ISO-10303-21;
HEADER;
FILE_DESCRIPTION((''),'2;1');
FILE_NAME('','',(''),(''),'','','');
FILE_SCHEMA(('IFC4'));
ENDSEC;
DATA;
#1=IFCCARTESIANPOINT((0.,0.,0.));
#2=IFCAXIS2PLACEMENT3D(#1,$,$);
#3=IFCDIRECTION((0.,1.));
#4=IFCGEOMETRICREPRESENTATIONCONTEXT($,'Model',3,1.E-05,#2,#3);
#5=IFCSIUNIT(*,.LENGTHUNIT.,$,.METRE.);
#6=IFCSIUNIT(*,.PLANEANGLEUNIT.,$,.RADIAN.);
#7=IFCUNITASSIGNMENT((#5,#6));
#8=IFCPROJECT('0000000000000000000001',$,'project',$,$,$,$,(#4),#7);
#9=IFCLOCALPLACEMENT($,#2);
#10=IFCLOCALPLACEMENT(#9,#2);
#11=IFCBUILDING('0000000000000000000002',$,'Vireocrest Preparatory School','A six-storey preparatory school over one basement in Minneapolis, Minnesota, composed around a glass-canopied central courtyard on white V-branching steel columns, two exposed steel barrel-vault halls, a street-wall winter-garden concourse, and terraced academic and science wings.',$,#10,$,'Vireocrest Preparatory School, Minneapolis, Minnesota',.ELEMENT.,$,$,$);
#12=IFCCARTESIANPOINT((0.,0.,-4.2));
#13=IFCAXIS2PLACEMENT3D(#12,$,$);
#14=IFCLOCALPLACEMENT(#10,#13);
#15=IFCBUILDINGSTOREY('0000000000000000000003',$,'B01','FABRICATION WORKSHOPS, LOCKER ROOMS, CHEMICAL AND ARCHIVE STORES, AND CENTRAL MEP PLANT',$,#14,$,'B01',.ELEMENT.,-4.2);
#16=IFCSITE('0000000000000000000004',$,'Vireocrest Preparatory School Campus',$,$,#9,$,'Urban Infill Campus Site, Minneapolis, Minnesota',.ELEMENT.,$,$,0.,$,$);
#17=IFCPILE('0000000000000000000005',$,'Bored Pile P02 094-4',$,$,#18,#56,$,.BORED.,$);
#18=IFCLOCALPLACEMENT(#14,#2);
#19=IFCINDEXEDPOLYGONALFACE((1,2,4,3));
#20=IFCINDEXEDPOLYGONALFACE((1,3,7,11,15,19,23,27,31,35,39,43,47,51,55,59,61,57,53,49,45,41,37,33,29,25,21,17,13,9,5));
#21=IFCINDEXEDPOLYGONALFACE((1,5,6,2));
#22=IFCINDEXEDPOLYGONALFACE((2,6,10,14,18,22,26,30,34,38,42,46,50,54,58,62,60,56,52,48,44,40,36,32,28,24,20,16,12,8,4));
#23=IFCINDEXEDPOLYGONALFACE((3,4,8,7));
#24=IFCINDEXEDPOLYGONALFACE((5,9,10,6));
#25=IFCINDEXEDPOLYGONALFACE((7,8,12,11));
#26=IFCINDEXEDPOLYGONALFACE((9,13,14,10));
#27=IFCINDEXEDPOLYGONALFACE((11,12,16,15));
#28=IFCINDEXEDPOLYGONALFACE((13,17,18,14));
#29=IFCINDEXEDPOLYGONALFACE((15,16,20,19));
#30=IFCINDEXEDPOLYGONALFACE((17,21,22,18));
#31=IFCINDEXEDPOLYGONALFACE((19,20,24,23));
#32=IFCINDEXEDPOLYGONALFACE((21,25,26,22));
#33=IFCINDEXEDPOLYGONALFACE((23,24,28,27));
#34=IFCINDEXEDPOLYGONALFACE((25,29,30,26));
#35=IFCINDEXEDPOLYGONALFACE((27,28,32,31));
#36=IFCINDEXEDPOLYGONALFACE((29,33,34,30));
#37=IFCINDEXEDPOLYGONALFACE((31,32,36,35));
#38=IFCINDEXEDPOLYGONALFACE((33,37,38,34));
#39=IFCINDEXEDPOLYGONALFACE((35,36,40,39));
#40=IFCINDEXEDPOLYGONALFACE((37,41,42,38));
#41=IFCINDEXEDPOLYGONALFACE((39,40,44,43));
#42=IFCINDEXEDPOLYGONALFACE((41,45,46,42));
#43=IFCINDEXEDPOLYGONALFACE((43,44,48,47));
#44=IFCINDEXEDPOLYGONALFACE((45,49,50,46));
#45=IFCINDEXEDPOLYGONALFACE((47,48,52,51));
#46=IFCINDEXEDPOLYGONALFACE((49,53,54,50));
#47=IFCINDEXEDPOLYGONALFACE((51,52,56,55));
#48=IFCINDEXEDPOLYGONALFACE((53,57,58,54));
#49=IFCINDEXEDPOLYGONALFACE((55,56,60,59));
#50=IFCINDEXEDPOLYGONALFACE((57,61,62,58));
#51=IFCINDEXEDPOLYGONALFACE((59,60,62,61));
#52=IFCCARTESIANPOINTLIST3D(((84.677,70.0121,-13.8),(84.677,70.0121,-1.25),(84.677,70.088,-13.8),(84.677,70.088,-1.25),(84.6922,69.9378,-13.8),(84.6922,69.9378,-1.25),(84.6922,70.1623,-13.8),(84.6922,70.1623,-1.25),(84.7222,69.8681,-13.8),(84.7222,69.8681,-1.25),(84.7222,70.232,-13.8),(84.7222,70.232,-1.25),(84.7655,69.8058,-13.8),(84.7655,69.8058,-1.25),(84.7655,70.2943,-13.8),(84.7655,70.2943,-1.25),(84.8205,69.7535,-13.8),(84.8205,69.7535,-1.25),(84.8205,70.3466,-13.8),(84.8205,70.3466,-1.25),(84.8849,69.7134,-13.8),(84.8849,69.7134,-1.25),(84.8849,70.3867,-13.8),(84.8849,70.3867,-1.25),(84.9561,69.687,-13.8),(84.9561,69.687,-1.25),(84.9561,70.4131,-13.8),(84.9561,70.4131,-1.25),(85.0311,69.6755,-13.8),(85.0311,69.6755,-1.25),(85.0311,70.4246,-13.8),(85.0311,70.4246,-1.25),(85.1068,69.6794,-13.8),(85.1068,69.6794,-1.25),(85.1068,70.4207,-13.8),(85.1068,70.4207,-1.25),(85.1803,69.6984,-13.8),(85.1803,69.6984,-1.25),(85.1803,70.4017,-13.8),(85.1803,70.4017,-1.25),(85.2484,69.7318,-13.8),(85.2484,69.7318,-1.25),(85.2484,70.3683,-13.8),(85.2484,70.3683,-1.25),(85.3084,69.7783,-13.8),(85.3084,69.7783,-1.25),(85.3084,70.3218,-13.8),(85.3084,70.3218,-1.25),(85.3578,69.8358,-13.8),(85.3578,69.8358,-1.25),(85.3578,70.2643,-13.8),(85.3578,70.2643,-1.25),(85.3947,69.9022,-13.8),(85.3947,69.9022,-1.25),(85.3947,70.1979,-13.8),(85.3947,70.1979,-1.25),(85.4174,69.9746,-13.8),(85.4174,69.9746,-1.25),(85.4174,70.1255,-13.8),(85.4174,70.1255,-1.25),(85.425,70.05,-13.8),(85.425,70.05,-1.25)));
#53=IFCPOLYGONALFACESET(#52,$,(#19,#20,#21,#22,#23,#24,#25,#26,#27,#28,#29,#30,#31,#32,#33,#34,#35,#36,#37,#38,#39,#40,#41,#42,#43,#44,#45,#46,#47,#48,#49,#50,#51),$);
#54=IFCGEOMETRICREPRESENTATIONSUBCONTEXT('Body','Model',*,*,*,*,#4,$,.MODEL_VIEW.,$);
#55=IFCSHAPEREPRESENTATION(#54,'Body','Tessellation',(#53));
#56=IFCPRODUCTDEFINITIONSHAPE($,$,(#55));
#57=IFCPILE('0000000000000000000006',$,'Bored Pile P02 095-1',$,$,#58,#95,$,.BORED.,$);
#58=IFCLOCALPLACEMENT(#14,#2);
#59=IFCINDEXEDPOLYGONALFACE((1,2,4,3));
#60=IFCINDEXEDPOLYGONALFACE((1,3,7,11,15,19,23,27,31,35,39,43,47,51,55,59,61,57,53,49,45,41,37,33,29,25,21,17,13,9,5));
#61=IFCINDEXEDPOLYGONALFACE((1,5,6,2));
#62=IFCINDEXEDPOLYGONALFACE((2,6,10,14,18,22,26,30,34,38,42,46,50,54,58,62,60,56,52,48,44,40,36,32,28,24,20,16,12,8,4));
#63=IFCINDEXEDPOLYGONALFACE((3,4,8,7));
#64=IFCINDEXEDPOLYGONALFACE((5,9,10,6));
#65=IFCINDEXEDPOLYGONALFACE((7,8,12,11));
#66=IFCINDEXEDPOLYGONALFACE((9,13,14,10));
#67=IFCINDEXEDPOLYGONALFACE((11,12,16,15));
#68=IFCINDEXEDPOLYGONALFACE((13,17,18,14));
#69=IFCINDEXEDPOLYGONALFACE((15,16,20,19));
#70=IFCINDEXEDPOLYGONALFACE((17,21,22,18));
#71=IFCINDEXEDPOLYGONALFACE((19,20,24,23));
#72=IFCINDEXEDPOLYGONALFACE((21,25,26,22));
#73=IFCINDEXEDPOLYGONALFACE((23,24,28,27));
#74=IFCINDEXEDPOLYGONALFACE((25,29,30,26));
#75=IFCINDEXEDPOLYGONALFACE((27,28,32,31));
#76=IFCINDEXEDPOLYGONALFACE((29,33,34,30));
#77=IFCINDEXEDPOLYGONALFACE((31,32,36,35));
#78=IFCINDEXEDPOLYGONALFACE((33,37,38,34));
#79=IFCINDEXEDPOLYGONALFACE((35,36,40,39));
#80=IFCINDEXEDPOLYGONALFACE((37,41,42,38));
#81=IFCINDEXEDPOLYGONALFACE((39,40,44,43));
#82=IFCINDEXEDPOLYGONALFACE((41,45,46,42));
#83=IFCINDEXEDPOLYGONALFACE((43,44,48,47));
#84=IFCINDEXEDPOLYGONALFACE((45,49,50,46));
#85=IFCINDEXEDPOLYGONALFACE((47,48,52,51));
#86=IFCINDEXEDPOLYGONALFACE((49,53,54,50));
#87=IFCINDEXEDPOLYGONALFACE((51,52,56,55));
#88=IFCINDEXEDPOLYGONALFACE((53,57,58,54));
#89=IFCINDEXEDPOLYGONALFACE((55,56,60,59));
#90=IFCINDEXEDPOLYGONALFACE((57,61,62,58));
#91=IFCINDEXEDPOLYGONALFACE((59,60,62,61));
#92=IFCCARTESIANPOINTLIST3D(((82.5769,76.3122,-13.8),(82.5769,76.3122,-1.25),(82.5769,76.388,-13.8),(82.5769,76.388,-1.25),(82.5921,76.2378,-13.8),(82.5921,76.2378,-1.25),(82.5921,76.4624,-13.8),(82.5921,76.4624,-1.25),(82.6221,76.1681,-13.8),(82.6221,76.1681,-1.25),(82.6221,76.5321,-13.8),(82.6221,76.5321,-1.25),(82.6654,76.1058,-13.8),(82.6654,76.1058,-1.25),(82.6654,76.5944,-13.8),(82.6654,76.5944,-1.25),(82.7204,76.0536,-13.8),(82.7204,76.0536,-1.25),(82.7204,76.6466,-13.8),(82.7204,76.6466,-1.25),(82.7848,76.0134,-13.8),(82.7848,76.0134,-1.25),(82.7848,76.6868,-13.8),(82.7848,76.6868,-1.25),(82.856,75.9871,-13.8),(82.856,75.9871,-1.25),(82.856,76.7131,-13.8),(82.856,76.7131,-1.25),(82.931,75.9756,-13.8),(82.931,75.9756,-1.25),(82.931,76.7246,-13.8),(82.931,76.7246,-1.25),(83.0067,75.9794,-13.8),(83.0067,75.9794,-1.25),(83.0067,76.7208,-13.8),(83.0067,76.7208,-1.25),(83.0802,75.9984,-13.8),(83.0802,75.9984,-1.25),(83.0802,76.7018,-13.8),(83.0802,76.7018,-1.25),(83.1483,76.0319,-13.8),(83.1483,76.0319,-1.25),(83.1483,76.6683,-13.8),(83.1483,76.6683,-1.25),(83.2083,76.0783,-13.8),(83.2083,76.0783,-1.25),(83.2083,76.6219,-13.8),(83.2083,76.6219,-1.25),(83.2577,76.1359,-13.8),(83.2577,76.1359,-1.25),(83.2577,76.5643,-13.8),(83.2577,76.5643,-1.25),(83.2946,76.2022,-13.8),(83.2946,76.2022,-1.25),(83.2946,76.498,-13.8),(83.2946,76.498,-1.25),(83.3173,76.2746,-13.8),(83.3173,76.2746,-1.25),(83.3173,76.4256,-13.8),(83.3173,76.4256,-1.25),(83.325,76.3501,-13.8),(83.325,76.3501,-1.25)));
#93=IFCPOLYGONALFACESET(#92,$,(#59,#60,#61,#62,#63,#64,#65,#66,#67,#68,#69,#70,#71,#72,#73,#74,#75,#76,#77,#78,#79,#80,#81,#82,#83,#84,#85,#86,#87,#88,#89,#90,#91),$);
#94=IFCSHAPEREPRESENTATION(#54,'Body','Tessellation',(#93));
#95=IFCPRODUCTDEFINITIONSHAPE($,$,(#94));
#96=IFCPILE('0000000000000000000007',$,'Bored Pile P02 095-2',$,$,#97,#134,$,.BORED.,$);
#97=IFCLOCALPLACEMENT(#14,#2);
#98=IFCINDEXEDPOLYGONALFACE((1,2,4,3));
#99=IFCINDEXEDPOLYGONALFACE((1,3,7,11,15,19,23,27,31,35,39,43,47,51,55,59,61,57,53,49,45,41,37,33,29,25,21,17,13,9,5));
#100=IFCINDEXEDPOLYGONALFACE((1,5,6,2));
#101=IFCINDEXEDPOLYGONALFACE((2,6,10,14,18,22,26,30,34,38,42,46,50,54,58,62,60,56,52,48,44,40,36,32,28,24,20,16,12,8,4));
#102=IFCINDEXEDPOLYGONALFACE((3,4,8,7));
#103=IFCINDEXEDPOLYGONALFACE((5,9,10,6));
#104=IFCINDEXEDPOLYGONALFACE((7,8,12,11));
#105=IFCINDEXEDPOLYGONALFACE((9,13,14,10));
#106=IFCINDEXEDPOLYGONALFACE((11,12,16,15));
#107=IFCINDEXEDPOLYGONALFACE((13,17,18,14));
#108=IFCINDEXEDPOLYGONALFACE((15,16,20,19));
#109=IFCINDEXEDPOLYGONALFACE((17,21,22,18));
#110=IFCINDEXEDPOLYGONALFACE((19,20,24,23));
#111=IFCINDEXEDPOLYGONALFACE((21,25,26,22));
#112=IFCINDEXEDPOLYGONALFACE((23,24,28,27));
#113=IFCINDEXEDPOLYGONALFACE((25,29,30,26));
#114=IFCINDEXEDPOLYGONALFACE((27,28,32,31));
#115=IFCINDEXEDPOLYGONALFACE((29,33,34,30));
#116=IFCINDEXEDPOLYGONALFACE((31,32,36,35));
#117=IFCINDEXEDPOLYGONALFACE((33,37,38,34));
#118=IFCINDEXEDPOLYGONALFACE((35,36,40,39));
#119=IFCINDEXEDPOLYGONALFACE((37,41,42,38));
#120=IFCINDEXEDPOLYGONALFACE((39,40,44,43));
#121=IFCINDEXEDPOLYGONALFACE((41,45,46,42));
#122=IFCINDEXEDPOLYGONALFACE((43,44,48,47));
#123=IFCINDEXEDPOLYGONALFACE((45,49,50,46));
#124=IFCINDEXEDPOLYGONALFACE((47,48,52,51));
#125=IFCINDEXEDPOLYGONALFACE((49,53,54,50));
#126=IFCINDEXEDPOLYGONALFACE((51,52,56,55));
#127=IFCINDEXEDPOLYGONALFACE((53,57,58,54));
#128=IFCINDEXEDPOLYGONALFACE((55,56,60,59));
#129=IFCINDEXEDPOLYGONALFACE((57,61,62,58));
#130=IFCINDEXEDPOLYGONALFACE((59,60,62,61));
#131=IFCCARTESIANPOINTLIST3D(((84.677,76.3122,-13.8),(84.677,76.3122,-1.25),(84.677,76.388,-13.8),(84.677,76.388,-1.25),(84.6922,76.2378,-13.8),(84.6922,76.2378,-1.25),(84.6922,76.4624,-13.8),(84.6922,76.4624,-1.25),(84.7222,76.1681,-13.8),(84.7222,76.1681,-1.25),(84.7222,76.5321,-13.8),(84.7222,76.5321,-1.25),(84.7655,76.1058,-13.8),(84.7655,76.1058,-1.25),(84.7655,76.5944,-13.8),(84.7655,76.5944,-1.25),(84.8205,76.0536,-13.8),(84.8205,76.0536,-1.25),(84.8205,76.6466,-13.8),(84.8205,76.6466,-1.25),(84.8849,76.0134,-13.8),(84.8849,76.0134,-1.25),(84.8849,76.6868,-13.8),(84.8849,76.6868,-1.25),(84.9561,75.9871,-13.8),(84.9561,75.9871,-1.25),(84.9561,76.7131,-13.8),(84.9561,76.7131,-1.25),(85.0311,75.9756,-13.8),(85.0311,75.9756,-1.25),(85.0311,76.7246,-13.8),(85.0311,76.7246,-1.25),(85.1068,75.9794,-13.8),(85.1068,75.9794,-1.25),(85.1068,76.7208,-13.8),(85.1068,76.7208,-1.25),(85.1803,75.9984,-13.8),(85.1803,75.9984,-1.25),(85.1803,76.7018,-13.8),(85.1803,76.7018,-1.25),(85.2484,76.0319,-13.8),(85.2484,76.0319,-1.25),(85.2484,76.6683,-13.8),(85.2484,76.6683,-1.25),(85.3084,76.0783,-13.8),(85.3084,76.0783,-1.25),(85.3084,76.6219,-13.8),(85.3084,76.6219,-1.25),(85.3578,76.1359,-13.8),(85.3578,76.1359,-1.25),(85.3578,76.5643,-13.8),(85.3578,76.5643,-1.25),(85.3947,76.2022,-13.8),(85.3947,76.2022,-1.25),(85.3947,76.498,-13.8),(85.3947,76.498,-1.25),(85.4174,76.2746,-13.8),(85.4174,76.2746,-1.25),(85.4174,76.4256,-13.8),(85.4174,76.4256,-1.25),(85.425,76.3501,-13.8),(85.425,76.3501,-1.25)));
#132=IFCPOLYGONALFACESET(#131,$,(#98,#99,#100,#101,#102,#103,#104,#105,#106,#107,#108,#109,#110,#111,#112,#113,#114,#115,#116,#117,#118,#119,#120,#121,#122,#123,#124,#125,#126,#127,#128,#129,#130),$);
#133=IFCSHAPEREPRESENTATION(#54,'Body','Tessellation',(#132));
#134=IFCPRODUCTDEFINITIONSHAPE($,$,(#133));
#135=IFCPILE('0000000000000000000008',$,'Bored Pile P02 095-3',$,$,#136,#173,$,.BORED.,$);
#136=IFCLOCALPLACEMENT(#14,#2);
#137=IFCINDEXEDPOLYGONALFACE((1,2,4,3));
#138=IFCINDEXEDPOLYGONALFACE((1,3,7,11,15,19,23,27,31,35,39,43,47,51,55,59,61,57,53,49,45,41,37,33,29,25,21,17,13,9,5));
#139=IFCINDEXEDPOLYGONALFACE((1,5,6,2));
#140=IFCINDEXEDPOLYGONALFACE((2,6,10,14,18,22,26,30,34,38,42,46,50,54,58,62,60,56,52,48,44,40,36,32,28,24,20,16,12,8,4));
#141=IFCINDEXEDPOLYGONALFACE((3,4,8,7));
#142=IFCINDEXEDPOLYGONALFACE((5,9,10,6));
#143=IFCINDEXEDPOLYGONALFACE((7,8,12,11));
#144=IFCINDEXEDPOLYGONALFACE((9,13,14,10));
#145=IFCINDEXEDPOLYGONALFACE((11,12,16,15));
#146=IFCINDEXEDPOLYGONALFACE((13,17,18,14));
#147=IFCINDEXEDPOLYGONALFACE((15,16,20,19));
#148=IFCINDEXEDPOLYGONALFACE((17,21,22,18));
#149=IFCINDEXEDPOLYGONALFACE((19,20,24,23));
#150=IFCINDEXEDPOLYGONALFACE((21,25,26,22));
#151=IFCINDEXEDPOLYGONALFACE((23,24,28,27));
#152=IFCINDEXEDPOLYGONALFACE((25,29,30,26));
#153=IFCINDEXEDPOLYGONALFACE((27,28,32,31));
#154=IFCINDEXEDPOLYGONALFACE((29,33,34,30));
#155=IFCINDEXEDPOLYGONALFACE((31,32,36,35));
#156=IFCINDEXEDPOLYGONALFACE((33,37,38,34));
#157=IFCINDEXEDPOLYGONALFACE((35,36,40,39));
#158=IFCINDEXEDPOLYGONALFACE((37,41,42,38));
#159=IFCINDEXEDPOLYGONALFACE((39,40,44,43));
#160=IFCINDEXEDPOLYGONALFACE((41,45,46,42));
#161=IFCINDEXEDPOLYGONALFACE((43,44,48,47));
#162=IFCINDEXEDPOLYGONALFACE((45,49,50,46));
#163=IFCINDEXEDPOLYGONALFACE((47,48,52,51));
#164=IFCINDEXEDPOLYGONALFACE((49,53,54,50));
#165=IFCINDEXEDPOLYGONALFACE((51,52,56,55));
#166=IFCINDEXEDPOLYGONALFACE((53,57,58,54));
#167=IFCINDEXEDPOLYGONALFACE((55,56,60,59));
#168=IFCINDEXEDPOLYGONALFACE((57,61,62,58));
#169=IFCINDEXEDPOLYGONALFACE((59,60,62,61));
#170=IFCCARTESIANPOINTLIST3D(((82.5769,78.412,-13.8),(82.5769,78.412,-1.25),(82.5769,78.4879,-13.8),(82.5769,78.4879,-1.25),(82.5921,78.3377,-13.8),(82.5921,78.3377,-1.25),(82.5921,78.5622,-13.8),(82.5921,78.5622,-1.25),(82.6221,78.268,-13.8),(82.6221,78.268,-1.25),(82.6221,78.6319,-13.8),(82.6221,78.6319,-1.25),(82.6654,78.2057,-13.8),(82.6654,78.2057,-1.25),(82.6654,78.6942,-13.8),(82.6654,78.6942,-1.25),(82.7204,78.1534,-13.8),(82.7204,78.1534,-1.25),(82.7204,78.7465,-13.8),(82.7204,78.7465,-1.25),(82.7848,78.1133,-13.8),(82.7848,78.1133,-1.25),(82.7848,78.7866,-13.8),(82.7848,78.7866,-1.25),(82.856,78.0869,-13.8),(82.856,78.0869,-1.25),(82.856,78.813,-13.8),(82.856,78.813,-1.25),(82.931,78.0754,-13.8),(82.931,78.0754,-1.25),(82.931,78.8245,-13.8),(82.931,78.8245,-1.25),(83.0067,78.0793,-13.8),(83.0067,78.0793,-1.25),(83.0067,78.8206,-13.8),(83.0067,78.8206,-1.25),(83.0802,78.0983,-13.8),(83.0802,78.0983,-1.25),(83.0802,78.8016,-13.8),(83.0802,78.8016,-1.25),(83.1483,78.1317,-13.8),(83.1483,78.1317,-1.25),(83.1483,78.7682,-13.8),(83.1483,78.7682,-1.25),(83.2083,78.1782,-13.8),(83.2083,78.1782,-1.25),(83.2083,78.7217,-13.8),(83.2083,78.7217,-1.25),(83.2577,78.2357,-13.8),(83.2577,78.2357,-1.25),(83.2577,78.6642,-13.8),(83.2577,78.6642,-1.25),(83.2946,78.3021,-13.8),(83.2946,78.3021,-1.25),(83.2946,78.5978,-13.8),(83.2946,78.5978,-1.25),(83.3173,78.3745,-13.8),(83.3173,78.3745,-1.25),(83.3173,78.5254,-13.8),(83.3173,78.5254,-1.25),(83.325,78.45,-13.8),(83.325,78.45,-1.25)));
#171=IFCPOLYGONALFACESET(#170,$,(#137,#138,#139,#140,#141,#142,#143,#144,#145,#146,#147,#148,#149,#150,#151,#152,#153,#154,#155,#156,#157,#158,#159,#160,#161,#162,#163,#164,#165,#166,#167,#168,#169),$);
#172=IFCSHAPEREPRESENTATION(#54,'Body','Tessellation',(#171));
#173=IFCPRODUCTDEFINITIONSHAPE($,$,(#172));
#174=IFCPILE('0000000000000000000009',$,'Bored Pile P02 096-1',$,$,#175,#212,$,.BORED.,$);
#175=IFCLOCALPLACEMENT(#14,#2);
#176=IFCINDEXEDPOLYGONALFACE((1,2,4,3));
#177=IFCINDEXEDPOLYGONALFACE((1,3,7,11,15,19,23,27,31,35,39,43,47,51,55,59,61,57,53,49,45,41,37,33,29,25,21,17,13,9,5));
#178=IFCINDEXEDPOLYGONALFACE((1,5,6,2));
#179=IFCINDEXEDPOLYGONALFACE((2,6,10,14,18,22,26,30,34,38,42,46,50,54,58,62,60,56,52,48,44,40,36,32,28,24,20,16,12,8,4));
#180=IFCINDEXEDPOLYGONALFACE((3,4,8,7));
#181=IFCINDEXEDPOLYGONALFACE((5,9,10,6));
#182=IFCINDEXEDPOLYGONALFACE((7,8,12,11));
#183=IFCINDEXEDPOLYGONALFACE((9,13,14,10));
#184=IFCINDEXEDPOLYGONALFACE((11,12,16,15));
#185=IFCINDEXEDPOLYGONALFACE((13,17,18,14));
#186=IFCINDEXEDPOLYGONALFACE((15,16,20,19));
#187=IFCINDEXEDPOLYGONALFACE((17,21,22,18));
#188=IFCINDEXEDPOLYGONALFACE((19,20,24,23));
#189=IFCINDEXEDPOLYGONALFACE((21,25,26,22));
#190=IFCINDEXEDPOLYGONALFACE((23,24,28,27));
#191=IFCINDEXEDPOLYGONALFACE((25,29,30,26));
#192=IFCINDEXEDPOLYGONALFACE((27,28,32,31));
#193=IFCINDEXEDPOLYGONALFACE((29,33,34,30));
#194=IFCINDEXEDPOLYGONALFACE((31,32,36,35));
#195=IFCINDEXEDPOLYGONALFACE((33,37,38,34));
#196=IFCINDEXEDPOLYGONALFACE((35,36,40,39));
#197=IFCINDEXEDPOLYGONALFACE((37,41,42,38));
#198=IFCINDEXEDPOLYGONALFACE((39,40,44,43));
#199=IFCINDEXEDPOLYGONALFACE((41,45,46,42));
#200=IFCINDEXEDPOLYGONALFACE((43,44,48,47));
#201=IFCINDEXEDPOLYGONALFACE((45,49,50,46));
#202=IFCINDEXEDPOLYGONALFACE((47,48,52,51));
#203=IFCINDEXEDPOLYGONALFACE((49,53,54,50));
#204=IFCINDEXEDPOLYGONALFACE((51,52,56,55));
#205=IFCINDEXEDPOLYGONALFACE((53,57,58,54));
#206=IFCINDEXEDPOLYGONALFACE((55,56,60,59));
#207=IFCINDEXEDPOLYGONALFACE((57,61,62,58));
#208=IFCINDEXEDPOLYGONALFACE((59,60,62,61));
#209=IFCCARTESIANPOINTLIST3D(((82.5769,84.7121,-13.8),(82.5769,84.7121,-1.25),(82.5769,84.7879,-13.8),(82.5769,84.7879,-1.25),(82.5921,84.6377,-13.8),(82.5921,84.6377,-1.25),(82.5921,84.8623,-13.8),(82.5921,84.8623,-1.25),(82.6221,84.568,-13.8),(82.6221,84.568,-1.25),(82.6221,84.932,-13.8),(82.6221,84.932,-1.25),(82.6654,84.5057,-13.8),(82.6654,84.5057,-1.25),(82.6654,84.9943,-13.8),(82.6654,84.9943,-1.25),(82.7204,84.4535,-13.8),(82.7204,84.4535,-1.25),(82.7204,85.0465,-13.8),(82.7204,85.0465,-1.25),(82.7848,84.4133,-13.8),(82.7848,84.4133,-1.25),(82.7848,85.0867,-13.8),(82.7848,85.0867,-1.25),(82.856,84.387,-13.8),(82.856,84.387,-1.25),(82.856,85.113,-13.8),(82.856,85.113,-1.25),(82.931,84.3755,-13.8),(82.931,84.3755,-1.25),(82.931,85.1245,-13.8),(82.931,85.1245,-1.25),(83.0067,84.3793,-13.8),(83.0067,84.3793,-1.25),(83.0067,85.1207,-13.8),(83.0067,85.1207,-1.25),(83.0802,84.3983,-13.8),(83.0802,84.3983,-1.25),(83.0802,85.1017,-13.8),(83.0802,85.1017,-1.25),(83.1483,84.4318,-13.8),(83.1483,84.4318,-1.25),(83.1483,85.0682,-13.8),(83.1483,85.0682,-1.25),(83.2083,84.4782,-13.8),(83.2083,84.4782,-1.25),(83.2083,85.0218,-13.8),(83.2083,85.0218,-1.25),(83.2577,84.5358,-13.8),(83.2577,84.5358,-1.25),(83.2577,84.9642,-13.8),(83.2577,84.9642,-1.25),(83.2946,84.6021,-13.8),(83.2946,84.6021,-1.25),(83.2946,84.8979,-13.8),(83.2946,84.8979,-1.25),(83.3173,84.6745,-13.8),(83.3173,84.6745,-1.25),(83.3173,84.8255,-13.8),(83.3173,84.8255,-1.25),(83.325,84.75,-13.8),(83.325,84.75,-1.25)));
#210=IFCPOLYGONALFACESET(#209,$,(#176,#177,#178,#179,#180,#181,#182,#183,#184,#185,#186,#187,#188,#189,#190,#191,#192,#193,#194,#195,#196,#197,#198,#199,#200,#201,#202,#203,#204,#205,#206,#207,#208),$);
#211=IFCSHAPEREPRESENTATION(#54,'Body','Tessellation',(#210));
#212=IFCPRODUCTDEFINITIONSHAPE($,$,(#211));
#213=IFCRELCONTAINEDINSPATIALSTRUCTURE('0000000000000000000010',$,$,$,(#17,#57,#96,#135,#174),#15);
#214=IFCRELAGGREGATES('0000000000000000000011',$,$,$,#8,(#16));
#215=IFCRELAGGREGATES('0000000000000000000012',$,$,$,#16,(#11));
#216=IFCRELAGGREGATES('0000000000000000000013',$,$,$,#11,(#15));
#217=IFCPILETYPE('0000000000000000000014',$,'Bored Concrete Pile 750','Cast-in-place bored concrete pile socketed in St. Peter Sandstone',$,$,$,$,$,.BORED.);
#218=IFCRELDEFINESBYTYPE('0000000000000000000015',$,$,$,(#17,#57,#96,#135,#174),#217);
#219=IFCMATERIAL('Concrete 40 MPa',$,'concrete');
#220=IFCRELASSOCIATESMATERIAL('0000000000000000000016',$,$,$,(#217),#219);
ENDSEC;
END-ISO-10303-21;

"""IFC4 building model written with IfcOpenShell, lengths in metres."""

from ifc_helpers import new_model, si_unit, direction, frame, origin, origin_2d, place, context, subcontext, project, spatial, circle, extrude, material, material_profile, profile_set, type_object, element, save


model = new_model("IFC4")

# Units and contexts
model_context = context("Model", 3, precision=1e-05, world=origin(), true_north=direction((0.0, 1.0)))
body_context = subcontext(model_context, "Body", "Model", "MODEL_VIEW")
ifc_project = project(units=[si_unit("LENGTHUNIT", "METRE"), si_unit("PLANEANGLEUNIT", "RADIAN")], contexts=[model_context])

# Site, building, storey
site_placement = place(None, origin())
site = spatial("IfcSite", under=ifc_project, at=site_placement, Name="Vireocrest Preparatory School Campus", LongName="Urban Infill Campus Site, Minneapolis, Minnesota", CompositionType="ELEMENT", RefElevation=0.0)
building_placement = place(site_placement, origin())
building = spatial("IfcBuilding", under=site, at=building_placement, Name="Vireocrest Preparatory School", Description="A six-storey preparatory school over one basement in Minneapolis, Minnesota, composed around a glass-canopied central courtyard on white V-branching steel columns, two exposed steel barrel-vault halls, a street-wall winter-garden concourse, and terraced academic and science wings.", LongName="Vireocrest Preparatory School, Minneapolis, Minnesota", CompositionType="ELEMENT")
storey_placement = place(building_placement, frame((0.0, 0.0, -4.2)))
storey = spatial("IfcBuildingStorey", under=building, at=storey_placement, Name="B01", Description="FABRICATION WORKSHOPS, LOCKER ROOMS, CHEMICAL AND ARCHIVE STORES, AND CENTRAL MEP PLANT", LongName="B01", CompositionType="ELEMENT", Elevation=-4.2)

# Piles
ifc_material_1 = material(Name="Concrete 40 MPa", Category="concrete")
ifc_material_profile_1 = material_profile(ifc_material_1, circle(Radius=0.375, at=origin_2d()), Name="BORED PILE 750")
ifc_profile_set_1 = profile_set([ifc_material_profile_1], Name="Concrete 40 MPa")
pile_type = type_object("IfcPileType", Name="Bored Concrete Pile 750", Description="Cast-in-place bored concrete pile socketed in St. Peter Sandstone", PredefinedType="BORED", material=ifc_profile_set_1)
for number, where, z_axis, x_axis, name in (
    (1, (85.05, 70.05, -1.25), (0.0, 0.0, -1.0), (1.0, 0.0, 0.0), "Bored Pile P02 094-4"),
    (2, (82.95, 76.3501, -1.25), (0.0, 0.0, -1.0), (1.0, 0.0, 0.0), "Bored Pile P02 095-1"),
    (3, (85.05, 76.3501, -1.25), (0.0, 0.0, -1.0), (1.0, 0.0, 0.0), "Bored Pile P02 095-2"),
    (4, (82.95, 78.45, -1.25), (0.0, 0.0, -1.0), (1.0, 0.0, 0.0), "Bored Pile P02 095-3"),
    (5, (82.95, 84.75, -1.25), (0.0, 0.0, -1.0), (1.0, 0.0, 0.0), "Bored Pile P02 096-1"),
):
    element("IfcPile", number, at=place(storey_placement, frame(where, z_axis=z_axis, x_axis=x_axis)), inside=storey, type_object=pile_type, Name=name, PredefinedType="BORED", context=body_context, shape_type="SweptSolid", body=[
        extrude(circle(Radius=0.375, at=origin_2d()), origin(), (0.0, 0.0, 1.0), 12.55),
    ])

save(model, "model.ifc")
